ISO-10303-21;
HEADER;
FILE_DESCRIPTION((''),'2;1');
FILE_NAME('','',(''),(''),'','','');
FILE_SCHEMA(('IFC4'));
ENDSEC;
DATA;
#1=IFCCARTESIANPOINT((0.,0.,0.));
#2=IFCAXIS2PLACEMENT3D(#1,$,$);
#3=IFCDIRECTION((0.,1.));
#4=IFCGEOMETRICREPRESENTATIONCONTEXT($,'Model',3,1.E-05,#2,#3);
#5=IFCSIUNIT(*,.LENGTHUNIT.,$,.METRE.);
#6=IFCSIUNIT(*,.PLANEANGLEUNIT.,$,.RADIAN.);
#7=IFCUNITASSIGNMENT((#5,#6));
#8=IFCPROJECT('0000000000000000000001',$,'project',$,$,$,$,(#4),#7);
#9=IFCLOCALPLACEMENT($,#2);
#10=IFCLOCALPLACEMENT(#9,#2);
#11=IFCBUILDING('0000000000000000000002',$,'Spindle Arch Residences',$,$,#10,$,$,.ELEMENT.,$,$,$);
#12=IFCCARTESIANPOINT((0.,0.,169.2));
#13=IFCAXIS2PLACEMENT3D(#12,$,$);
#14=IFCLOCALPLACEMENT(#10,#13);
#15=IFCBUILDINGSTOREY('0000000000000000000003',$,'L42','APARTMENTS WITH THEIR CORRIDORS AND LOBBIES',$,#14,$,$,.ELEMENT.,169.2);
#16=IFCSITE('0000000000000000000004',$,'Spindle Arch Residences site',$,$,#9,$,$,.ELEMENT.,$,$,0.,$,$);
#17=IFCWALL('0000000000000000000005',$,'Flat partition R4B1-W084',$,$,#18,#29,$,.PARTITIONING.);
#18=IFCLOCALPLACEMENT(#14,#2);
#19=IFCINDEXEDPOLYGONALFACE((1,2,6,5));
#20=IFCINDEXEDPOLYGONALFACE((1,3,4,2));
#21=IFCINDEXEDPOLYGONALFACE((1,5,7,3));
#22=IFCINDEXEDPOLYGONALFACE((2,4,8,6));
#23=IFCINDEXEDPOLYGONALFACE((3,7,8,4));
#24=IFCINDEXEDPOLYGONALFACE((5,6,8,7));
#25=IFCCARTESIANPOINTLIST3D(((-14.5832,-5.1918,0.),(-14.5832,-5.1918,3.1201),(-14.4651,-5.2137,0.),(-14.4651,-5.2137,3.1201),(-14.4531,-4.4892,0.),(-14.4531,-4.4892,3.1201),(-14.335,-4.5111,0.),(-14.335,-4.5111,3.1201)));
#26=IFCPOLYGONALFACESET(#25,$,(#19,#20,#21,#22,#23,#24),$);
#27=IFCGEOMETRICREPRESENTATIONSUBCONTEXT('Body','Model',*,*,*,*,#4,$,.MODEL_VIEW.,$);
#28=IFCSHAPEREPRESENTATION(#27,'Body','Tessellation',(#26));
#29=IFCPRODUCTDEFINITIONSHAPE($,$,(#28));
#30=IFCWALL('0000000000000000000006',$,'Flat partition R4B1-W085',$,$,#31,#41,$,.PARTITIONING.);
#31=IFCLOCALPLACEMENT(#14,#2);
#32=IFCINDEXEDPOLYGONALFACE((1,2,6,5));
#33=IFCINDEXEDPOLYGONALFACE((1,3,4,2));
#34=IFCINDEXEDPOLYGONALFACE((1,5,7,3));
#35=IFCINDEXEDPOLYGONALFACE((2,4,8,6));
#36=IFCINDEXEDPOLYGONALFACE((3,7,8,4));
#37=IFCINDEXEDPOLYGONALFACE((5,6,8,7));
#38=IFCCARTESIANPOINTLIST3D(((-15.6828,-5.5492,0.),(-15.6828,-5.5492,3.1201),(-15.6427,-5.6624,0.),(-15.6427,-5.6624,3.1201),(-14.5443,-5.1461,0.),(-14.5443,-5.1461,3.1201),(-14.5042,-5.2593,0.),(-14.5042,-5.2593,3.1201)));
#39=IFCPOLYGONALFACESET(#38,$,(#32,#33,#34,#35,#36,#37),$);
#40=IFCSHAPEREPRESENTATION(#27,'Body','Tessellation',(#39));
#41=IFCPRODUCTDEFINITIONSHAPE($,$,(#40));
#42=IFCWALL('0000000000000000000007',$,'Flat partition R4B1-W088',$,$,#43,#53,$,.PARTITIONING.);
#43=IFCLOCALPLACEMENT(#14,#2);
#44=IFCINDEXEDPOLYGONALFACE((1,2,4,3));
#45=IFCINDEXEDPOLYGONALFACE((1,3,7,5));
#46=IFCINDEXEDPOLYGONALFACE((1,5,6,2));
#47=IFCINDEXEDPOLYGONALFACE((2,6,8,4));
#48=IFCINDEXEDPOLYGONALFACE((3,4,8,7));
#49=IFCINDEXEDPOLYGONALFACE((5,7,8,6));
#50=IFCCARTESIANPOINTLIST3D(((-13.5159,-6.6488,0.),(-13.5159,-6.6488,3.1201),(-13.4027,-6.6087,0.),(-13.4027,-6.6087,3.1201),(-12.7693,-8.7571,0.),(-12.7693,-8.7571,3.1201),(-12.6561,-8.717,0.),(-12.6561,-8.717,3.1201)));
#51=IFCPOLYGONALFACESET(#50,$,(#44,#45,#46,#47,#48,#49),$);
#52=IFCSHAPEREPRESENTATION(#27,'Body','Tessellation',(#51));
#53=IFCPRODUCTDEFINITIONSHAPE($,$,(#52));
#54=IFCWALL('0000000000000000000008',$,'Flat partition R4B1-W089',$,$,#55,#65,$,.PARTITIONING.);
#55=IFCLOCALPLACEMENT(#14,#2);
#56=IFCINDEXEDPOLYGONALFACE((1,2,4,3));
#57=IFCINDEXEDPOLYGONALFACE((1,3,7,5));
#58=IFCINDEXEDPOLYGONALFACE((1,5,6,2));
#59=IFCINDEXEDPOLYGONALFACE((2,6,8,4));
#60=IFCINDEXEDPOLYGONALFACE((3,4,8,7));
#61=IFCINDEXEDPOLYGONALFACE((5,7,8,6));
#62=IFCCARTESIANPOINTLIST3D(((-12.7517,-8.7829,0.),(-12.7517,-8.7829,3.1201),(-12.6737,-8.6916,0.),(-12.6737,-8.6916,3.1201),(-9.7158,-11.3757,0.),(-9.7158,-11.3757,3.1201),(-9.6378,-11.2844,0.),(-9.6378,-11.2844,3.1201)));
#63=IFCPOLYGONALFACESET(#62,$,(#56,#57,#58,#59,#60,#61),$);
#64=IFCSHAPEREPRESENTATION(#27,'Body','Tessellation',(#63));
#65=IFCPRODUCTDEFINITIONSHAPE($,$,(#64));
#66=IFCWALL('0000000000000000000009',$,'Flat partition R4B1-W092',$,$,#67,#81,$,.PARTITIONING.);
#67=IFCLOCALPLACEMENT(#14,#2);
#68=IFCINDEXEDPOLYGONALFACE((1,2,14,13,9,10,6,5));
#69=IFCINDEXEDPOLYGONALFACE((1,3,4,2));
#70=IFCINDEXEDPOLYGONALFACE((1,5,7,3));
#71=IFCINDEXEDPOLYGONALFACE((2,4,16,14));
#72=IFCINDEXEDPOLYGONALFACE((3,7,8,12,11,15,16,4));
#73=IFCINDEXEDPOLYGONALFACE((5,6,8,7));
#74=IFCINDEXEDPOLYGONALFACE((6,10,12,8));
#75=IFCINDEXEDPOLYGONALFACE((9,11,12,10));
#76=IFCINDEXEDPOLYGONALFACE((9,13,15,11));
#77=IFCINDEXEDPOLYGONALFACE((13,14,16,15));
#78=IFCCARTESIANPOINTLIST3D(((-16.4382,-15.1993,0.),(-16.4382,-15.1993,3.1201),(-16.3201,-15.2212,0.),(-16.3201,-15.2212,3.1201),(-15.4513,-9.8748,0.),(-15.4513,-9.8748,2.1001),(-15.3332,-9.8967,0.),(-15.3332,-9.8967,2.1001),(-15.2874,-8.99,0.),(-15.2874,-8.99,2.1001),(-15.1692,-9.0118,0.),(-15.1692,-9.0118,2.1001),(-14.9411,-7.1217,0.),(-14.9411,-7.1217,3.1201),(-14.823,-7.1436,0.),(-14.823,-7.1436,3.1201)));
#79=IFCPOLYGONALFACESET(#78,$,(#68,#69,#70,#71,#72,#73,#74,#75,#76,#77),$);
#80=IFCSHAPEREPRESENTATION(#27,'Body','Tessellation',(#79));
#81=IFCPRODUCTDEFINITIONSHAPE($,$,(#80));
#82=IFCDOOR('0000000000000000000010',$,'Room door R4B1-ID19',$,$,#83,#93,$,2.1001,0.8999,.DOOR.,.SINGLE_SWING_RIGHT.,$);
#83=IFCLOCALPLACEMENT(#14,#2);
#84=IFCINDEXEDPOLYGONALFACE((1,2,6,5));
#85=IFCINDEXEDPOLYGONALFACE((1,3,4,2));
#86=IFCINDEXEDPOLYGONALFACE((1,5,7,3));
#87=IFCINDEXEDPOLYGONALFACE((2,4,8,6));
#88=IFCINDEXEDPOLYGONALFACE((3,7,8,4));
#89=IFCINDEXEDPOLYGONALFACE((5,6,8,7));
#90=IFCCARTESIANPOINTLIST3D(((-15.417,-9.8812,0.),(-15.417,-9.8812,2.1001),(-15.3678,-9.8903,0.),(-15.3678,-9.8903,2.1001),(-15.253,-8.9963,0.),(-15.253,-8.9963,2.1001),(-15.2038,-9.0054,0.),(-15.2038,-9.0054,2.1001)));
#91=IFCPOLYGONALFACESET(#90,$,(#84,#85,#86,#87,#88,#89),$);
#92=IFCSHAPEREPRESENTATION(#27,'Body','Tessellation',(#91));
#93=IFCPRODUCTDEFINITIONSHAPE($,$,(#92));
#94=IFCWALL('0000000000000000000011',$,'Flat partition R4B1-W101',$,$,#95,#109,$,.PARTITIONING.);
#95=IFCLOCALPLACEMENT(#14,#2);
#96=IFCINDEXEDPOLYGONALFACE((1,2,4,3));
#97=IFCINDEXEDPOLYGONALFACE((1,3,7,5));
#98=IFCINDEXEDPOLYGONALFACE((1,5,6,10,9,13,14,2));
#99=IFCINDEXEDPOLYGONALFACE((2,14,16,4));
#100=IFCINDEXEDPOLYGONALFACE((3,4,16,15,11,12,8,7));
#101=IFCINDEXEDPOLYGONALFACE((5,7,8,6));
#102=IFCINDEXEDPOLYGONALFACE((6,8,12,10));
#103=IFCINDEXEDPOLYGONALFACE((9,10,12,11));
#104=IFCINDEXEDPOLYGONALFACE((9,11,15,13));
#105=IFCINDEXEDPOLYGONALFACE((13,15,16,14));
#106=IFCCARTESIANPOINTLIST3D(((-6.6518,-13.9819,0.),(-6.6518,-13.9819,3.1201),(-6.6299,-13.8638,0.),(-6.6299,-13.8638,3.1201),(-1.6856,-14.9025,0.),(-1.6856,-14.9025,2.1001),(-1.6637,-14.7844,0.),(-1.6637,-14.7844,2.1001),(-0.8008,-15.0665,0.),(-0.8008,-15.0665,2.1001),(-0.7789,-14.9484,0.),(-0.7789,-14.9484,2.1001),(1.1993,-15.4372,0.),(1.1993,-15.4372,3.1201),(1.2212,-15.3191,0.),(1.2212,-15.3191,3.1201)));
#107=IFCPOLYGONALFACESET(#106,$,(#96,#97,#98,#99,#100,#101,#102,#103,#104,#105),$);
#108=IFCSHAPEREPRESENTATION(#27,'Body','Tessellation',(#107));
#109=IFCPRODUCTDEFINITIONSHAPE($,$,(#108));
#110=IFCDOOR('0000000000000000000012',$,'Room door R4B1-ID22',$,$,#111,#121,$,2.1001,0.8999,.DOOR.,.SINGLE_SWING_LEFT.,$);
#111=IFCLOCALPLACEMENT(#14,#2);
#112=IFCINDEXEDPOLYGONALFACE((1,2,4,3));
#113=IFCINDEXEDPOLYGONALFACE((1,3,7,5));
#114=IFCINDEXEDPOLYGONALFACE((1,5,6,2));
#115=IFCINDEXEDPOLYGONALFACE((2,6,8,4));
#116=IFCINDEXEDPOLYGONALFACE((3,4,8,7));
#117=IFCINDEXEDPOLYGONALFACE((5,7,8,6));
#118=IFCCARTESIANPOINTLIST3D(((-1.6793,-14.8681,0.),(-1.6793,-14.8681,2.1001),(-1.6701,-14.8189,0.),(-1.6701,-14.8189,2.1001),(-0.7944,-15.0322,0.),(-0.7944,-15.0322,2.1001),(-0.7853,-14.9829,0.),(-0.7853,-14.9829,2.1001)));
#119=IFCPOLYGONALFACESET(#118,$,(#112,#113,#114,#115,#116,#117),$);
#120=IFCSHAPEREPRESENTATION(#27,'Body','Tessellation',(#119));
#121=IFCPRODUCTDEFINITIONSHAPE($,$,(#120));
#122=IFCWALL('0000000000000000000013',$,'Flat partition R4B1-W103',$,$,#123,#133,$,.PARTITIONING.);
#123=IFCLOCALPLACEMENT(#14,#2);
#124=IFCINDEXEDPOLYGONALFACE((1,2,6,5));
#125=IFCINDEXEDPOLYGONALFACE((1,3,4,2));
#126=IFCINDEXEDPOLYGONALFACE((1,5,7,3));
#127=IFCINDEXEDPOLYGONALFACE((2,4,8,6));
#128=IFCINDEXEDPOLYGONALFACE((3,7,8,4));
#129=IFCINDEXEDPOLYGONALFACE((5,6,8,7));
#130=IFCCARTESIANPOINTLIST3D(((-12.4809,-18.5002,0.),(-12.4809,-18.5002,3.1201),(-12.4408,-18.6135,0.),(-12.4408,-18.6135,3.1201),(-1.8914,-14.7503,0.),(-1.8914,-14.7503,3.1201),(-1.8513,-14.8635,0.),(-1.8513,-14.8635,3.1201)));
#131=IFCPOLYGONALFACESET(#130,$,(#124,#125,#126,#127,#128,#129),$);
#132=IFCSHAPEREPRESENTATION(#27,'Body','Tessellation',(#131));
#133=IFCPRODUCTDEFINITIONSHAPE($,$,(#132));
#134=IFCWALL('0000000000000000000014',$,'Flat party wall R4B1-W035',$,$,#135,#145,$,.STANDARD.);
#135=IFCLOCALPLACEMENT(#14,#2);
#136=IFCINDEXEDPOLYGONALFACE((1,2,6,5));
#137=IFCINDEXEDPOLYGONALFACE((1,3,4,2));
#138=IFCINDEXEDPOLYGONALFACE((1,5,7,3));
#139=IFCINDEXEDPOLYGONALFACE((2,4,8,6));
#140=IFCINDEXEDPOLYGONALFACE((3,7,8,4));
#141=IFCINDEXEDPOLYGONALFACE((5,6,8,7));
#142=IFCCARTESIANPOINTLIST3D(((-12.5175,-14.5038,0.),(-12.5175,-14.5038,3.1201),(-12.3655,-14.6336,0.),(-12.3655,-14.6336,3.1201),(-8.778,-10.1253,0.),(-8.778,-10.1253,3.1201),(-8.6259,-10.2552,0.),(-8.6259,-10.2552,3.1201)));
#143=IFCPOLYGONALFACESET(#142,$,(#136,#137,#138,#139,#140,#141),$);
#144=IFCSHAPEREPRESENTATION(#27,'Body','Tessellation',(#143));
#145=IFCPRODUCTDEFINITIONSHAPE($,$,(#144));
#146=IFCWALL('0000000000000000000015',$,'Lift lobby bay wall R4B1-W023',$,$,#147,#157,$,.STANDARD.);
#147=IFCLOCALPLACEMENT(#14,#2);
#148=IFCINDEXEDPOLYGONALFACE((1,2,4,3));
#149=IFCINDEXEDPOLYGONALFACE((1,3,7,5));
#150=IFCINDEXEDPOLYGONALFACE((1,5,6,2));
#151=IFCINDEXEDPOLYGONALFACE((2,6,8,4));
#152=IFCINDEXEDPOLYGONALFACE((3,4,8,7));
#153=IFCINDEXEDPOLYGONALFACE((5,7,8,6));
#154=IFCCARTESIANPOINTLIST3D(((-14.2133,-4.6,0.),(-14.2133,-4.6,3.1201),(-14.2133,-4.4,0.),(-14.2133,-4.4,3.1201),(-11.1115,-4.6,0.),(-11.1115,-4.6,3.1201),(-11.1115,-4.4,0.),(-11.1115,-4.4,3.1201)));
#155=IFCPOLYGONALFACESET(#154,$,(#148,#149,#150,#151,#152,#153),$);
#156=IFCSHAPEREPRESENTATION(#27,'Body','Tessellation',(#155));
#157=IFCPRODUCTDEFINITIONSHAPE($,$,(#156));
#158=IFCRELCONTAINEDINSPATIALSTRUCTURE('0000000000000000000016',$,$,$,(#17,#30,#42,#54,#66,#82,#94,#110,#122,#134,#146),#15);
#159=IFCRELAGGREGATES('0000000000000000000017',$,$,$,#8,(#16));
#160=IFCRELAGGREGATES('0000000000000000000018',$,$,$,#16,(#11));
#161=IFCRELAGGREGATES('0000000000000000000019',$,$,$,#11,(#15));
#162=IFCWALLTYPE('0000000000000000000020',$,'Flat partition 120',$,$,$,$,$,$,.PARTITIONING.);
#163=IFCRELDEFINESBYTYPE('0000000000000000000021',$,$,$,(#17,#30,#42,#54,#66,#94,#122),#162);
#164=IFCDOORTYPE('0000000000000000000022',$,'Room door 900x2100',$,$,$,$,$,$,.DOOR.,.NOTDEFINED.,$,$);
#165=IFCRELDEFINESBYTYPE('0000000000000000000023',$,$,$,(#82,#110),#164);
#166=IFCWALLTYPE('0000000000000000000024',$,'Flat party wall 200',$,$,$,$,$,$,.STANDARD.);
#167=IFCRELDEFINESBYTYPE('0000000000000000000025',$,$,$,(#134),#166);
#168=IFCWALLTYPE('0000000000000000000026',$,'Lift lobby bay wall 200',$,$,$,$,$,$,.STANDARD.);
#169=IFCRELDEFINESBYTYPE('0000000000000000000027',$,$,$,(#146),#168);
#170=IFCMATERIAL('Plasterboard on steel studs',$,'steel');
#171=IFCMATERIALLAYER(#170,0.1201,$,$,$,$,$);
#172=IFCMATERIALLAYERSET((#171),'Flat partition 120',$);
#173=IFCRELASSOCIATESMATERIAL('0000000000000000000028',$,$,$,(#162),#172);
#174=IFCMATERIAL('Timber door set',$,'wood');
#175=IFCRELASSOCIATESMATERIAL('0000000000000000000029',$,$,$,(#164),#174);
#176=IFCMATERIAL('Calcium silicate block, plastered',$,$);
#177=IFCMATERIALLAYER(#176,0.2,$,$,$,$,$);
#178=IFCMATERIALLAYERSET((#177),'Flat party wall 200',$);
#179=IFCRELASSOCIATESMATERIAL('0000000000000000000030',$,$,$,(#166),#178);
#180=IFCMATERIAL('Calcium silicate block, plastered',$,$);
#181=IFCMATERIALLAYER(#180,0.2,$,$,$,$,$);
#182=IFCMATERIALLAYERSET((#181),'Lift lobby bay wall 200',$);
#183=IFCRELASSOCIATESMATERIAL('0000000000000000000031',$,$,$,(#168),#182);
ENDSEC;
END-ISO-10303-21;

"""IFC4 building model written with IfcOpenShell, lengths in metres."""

from ifc_helpers import new_model, si_unit, direction, frame, frame_2d, origin, place, context, subcontext, project, spatial, rectangle, extrude, material, layer, layer_set, type_object, element, fill, save


model = new_model("IFC4")

# Units and contexts
model_context = context("Model", 3, precision=1e-05, world=origin(), true_north=direction((0.0, 1.0)))
body_context = subcontext(model_context, "Body", "Model", "MODEL_VIEW")
ifc_project = project(units=[si_unit("LENGTHUNIT", "METRE"), si_unit("PLANEANGLEUNIT", "RADIAN")], contexts=[model_context])

# Site, building, storey
site_placement = place(None, origin())
site = spatial("IfcSite", under=ifc_project, at=site_placement, Name="Spindle Arch Residences site", CompositionType="ELEMENT", RefElevation=0.0)
building_placement = place(site_placement, origin())
building = spatial("IfcBuilding", under=site, at=building_placement, Name="Spindle Arch Residences", CompositionType="ELEMENT")
storey_placement = place(building_placement, frame((0.0, 0.0, 169.2)))
storey = spatial("IfcBuildingStorey", under=building, at=storey_placement, Name="L42", Description="APARTMENTS WITH THEIR CORRIDORS AND LOBBIES", CompositionType="ELEMENT", Elevation=169.2)

# Walls
ifc_material_1 = material(Name="Plasterboard on steel studs", Category="steel")
ifc_layer_1 = layer(ifc_material_1, 0.1201)
ifc_layer_set_1 = layer_set([ifc_layer_1], Name="Flat partition 120")
wall_type_1 = type_object("IfcWallType", Name="Flat partition 120", PredefinedType="PARTITIONING", material=ifc_layer_set_1)
wall_1_placement = place(storey_placement, frame((-14.394, -4.5, 0.0), z_axis=(0.0, 0.0, 1.0), x_axis=(-0.182101, -0.98328, 0.0)))
element("IfcWall", 1, at=wall_1_placement, inside=storey, type_object=wall_type_1, Name="Flat partition R4B1-W084", PredefinedType="PARTITIONING", context=body_context, shape_type="SweptSolid", body=[
    extrude(rectangle(XDim=0.7146, YDim=0.1201, at=frame_2d((0.3574, 0.0))), origin(), (0.0, 0.0, 1.0), 3.1201),
])
wall_2_placement = place(storey_placement, frame((-14.5242, -5.2026, 0.0), z_axis=(0.0, 0.0, 1.0), x_axis=(-0.942658, -0.333761, 0.0)))
element("IfcWall", 2, at=wall_2_placement, inside=storey, type_object=wall_type_1, Name="Flat partition R4B1-W085", PredefinedType="PARTITIONING", context=body_context, shape_type="SweptSolid", body=[
    extrude(rectangle(XDim=1.2078, YDim=0.1201, at=frame_2d((0.604, 0.0))), origin(), (0.0, 0.0, 1.0), 3.1201),
])
wall_3_placement = place(storey_placement, frame((-13.4592, -6.6289, 0.0), z_axis=(0.0, 0.0, 1.0), x_axis=(0.333791, -0.942647, 0.0)))
element("IfcWall", 3, at=wall_3_placement, inside=storey, type_object=wall_type_1, Name="Flat partition R4B1-W088", PredefinedType="PARTITIONING", context=body_context, shape_type="SweptSolid", body=[
    extrude(rectangle(XDim=2.2366, YDim=0.1201, at=frame_2d((1.1182, 0.0))), origin(), (0.0, 0.0, 1.0), 3.1201),
])
wall_4_placement = place(storey_placement, frame((-12.7126, -8.7373, 0.0), z_axis=(0.0, 0.0, 1.0), x_axis=(0.760421, -0.649431, 0.0)))
element("IfcWall", 4, at=wall_4_placement, inside=storey, type_object=wall_type_1, Name="Flat partition R4B1-W089", PredefinedType="PARTITIONING", context=body_context, shape_type="SweptSolid", body=[
    extrude(rectangle(XDim=3.9924, YDim=0.1201, at=frame_2d((1.9961, 0.0))), origin(), (0.0, 0.0, 1.0), 3.1201),
])

# Walls, openings, doors
wall_5_placement = place(storey_placement, frame((-14.8821, -7.1328, 0.0), z_axis=(0.0, 0.0, 1.0), x_axis=(-0.182232, -0.983256, 0.0)))
wall_5 = element("IfcWall", 5, at=wall_5_placement, inside=storey, type_object=wall_type_1, Name="Flat partition R4B1-W092", PredefinedType="PARTITIONING", context=body_context, shape_type="SweptSolid", body=[
    extrude(rectangle(XDim=8.2151, YDim=0.1201, at=frame_2d((4.1074, 0.0))), origin(), (0.0, 0.0, 1.0), 3.1201),
])
opening_1_placement = place(wall_5_placement, frame((1.8999, 0.0, 0.0)))
opening_1 = element("IfcOpeningElement", 6, at=opening_1_placement, cuts=wall_5, PredefinedType="OPENING", context=body_context, shape_type="SweptSolid", body=[
    extrude(rectangle(XDim=0.8999, YDim=2.1001, at=frame_2d((0.45, 1.05))), frame((0.0, 0.0701, 0.0), z_axis=(0.0, -1.0, 0.0), x_axis=(1.0, 0.0, 0.0)), (0.0, 0.0, 1.0), 0.1401),
])
ifc_material_2 = material(Name="Timber door set", Category="wood")
door_type_1 = type_object("IfcDoorType", Name="Room door 900x2100", OperationType="NOTDEFINED", PredefinedType="DOOR", material=ifc_material_2)
door_1_placement = place(opening_1_placement, origin())
door_1 = element("IfcDoor", 7, at=door_1_placement, inside=storey, type_object=door_type_1, Name="Room door R4B1-ID19", OperationType="SINGLE_SWING_RIGHT", OverallHeight=2.1001, OverallWidth=0.8999, PredefinedType="DOOR", context=body_context, shape_type="SweptSolid", body=[
    extrude(rectangle(XDim=0.8999, YDim=2.1001, at=frame_2d((0.45, 1.05))), frame((0.0, 0.0249, 0.0), z_axis=(0.0, -1.0, 0.0), x_axis=(1.0, 0.0, 0.0)), (0.0, 0.0, 1.0), 0.05),
])
fill(opening_1, door_1)
wall_6_placement = place(storey_placement, frame((-6.6409, -13.9229, 0.0), z_axis=(0.0, 0.0, 1.0), x_axis=(0.98325, -0.182261, 0.0)))
wall_6 = element("IfcWall", 8, at=wall_6_placement, inside=storey, type_object=wall_type_1, Name="Flat partition R4B1-W101", PredefinedType="PARTITIONING", context=body_context, shape_type="SweptSolid", body=[
    extrude(rectangle(XDim=7.9849, YDim=0.1201, at=frame_2d((3.9924, 0.0))), origin(), (0.0, 0.0, 1.0), 3.1201),
])
opening_2_placement = place(wall_6_placement, frame((5.0508, 0.0, 0.0)))
opening_2 = element("IfcOpeningElement", 9, at=opening_2_placement, cuts=wall_6, PredefinedType="OPENING", context=body_context, shape_type="SweptSolid", body=[
    extrude(rectangle(XDim=0.8999, YDim=2.1001, at=frame_2d((0.45, 1.05))), frame((0.0, 0.0701, 0.0), z_axis=(0.0, -1.0, 0.0), x_axis=(1.0, 0.0, 0.0)), (0.0, 0.0, 1.0), 0.1401),
])
door_2_placement = place(opening_2_placement, origin())
door_2 = element("IfcDoor", 10, at=door_2_placement, inside=storey, type_object=door_type_1, Name="Room door R4B1-ID22", OperationType="SINGLE_SWING_LEFT", OverallHeight=2.1001, OverallWidth=0.8999, PredefinedType="DOOR", context=body_context, shape_type="SweptSolid", body=[
    extrude(rectangle(XDim=0.8999, YDim=2.1001, at=frame_2d((0.45, 1.05))), frame((0.0, 0.0249, 0.0), z_axis=(0.0, -1.0, 0.0), x_axis=(1.0, 0.0, 0.0)), (0.0, 0.0, 1.0), 0.05),
])
fill(opening_2, door_2)

# Walls
wall_7_placement = place(storey_placement, frame((-1.8713, -14.8069, 0.0), z_axis=(0.0, 0.0, 1.0), x_axis=(-0.942641, -0.333809, 0.0)))
element("IfcWall", 11, at=wall_7_placement, inside=storey, type_object=wall_type_1, Name="Flat partition R4B1-W103", PredefinedType="PARTITIONING", context=body_context, shape_type="SweptSolid", body=[
    extrude(rectangle(XDim=11.2339, YDim=0.1201, at=frame_2d((5.6169, 0.0))), origin(), (0.0, 0.0, 1.0), 3.1201),
])
ifc_material_3 = material(Name="Calcium silicate block, plastered")
ifc_layer_2 = layer(ifc_material_3, 0.2)
ifc_layer_set_2 = layer_set([ifc_layer_2], Name="Flat party wall 200")
wall_type_2 = type_object("IfcWallType", Name="Flat party wall 200", PredefinedType="STANDARD", material=ifc_layer_set_2)
wall_8_placement = place(storey_placement, frame((-12.4414, -14.5686, 0.0), z_axis=(0.0, 0.0, 1.0), x_axis=(0.649446, 0.760408, 0.0)))
element("IfcWall", 12, at=wall_8_placement, inside=storey, type_object=wall_type_2, Name="Flat party wall R4B1-W035", PredefinedType="STANDARD", context=body_context, shape_type="SweptSolid", body=[
    extrude(rectangle(XDim=5.7581, YDim=0.2, at=frame_2d((2.8789, 0.0))), origin(), (0.0, 0.0, 1.0), 3.1201),
])
ifc_material_4 = material(Name="Calcium silicate block, plastered")
ifc_layer_3 = layer(ifc_material_4, 0.2)
ifc_layer_set_3 = layer_set([ifc_layer_3], Name="Lift lobby bay wall 200")
wall_type_3 = type_object("IfcWallType", Name="Lift lobby bay wall 200", PredefinedType="STANDARD", material=ifc_layer_set_3)
wall_9_placement = place(storey_placement, frame((-14.2131, -4.5, 0.0), z_axis=(0.0, 0.0, 1.0), x_axis=(1.0, 0.0, 0.0)))
element("IfcWall", 13, at=wall_9_placement, inside=storey, type_object=wall_type_3, Name="Lift lobby bay wall R4B1-W023", PredefinedType="STANDARD", context=body_context, shape_type="SweptSolid", body=[
    extrude(rectangle(XDim=3.1018, YDim=0.2, at=frame_2d((1.5508, 0.0))), origin(), (0.0, 0.0, 1.0), 3.1201),
])

save(model, "model.ifc")
